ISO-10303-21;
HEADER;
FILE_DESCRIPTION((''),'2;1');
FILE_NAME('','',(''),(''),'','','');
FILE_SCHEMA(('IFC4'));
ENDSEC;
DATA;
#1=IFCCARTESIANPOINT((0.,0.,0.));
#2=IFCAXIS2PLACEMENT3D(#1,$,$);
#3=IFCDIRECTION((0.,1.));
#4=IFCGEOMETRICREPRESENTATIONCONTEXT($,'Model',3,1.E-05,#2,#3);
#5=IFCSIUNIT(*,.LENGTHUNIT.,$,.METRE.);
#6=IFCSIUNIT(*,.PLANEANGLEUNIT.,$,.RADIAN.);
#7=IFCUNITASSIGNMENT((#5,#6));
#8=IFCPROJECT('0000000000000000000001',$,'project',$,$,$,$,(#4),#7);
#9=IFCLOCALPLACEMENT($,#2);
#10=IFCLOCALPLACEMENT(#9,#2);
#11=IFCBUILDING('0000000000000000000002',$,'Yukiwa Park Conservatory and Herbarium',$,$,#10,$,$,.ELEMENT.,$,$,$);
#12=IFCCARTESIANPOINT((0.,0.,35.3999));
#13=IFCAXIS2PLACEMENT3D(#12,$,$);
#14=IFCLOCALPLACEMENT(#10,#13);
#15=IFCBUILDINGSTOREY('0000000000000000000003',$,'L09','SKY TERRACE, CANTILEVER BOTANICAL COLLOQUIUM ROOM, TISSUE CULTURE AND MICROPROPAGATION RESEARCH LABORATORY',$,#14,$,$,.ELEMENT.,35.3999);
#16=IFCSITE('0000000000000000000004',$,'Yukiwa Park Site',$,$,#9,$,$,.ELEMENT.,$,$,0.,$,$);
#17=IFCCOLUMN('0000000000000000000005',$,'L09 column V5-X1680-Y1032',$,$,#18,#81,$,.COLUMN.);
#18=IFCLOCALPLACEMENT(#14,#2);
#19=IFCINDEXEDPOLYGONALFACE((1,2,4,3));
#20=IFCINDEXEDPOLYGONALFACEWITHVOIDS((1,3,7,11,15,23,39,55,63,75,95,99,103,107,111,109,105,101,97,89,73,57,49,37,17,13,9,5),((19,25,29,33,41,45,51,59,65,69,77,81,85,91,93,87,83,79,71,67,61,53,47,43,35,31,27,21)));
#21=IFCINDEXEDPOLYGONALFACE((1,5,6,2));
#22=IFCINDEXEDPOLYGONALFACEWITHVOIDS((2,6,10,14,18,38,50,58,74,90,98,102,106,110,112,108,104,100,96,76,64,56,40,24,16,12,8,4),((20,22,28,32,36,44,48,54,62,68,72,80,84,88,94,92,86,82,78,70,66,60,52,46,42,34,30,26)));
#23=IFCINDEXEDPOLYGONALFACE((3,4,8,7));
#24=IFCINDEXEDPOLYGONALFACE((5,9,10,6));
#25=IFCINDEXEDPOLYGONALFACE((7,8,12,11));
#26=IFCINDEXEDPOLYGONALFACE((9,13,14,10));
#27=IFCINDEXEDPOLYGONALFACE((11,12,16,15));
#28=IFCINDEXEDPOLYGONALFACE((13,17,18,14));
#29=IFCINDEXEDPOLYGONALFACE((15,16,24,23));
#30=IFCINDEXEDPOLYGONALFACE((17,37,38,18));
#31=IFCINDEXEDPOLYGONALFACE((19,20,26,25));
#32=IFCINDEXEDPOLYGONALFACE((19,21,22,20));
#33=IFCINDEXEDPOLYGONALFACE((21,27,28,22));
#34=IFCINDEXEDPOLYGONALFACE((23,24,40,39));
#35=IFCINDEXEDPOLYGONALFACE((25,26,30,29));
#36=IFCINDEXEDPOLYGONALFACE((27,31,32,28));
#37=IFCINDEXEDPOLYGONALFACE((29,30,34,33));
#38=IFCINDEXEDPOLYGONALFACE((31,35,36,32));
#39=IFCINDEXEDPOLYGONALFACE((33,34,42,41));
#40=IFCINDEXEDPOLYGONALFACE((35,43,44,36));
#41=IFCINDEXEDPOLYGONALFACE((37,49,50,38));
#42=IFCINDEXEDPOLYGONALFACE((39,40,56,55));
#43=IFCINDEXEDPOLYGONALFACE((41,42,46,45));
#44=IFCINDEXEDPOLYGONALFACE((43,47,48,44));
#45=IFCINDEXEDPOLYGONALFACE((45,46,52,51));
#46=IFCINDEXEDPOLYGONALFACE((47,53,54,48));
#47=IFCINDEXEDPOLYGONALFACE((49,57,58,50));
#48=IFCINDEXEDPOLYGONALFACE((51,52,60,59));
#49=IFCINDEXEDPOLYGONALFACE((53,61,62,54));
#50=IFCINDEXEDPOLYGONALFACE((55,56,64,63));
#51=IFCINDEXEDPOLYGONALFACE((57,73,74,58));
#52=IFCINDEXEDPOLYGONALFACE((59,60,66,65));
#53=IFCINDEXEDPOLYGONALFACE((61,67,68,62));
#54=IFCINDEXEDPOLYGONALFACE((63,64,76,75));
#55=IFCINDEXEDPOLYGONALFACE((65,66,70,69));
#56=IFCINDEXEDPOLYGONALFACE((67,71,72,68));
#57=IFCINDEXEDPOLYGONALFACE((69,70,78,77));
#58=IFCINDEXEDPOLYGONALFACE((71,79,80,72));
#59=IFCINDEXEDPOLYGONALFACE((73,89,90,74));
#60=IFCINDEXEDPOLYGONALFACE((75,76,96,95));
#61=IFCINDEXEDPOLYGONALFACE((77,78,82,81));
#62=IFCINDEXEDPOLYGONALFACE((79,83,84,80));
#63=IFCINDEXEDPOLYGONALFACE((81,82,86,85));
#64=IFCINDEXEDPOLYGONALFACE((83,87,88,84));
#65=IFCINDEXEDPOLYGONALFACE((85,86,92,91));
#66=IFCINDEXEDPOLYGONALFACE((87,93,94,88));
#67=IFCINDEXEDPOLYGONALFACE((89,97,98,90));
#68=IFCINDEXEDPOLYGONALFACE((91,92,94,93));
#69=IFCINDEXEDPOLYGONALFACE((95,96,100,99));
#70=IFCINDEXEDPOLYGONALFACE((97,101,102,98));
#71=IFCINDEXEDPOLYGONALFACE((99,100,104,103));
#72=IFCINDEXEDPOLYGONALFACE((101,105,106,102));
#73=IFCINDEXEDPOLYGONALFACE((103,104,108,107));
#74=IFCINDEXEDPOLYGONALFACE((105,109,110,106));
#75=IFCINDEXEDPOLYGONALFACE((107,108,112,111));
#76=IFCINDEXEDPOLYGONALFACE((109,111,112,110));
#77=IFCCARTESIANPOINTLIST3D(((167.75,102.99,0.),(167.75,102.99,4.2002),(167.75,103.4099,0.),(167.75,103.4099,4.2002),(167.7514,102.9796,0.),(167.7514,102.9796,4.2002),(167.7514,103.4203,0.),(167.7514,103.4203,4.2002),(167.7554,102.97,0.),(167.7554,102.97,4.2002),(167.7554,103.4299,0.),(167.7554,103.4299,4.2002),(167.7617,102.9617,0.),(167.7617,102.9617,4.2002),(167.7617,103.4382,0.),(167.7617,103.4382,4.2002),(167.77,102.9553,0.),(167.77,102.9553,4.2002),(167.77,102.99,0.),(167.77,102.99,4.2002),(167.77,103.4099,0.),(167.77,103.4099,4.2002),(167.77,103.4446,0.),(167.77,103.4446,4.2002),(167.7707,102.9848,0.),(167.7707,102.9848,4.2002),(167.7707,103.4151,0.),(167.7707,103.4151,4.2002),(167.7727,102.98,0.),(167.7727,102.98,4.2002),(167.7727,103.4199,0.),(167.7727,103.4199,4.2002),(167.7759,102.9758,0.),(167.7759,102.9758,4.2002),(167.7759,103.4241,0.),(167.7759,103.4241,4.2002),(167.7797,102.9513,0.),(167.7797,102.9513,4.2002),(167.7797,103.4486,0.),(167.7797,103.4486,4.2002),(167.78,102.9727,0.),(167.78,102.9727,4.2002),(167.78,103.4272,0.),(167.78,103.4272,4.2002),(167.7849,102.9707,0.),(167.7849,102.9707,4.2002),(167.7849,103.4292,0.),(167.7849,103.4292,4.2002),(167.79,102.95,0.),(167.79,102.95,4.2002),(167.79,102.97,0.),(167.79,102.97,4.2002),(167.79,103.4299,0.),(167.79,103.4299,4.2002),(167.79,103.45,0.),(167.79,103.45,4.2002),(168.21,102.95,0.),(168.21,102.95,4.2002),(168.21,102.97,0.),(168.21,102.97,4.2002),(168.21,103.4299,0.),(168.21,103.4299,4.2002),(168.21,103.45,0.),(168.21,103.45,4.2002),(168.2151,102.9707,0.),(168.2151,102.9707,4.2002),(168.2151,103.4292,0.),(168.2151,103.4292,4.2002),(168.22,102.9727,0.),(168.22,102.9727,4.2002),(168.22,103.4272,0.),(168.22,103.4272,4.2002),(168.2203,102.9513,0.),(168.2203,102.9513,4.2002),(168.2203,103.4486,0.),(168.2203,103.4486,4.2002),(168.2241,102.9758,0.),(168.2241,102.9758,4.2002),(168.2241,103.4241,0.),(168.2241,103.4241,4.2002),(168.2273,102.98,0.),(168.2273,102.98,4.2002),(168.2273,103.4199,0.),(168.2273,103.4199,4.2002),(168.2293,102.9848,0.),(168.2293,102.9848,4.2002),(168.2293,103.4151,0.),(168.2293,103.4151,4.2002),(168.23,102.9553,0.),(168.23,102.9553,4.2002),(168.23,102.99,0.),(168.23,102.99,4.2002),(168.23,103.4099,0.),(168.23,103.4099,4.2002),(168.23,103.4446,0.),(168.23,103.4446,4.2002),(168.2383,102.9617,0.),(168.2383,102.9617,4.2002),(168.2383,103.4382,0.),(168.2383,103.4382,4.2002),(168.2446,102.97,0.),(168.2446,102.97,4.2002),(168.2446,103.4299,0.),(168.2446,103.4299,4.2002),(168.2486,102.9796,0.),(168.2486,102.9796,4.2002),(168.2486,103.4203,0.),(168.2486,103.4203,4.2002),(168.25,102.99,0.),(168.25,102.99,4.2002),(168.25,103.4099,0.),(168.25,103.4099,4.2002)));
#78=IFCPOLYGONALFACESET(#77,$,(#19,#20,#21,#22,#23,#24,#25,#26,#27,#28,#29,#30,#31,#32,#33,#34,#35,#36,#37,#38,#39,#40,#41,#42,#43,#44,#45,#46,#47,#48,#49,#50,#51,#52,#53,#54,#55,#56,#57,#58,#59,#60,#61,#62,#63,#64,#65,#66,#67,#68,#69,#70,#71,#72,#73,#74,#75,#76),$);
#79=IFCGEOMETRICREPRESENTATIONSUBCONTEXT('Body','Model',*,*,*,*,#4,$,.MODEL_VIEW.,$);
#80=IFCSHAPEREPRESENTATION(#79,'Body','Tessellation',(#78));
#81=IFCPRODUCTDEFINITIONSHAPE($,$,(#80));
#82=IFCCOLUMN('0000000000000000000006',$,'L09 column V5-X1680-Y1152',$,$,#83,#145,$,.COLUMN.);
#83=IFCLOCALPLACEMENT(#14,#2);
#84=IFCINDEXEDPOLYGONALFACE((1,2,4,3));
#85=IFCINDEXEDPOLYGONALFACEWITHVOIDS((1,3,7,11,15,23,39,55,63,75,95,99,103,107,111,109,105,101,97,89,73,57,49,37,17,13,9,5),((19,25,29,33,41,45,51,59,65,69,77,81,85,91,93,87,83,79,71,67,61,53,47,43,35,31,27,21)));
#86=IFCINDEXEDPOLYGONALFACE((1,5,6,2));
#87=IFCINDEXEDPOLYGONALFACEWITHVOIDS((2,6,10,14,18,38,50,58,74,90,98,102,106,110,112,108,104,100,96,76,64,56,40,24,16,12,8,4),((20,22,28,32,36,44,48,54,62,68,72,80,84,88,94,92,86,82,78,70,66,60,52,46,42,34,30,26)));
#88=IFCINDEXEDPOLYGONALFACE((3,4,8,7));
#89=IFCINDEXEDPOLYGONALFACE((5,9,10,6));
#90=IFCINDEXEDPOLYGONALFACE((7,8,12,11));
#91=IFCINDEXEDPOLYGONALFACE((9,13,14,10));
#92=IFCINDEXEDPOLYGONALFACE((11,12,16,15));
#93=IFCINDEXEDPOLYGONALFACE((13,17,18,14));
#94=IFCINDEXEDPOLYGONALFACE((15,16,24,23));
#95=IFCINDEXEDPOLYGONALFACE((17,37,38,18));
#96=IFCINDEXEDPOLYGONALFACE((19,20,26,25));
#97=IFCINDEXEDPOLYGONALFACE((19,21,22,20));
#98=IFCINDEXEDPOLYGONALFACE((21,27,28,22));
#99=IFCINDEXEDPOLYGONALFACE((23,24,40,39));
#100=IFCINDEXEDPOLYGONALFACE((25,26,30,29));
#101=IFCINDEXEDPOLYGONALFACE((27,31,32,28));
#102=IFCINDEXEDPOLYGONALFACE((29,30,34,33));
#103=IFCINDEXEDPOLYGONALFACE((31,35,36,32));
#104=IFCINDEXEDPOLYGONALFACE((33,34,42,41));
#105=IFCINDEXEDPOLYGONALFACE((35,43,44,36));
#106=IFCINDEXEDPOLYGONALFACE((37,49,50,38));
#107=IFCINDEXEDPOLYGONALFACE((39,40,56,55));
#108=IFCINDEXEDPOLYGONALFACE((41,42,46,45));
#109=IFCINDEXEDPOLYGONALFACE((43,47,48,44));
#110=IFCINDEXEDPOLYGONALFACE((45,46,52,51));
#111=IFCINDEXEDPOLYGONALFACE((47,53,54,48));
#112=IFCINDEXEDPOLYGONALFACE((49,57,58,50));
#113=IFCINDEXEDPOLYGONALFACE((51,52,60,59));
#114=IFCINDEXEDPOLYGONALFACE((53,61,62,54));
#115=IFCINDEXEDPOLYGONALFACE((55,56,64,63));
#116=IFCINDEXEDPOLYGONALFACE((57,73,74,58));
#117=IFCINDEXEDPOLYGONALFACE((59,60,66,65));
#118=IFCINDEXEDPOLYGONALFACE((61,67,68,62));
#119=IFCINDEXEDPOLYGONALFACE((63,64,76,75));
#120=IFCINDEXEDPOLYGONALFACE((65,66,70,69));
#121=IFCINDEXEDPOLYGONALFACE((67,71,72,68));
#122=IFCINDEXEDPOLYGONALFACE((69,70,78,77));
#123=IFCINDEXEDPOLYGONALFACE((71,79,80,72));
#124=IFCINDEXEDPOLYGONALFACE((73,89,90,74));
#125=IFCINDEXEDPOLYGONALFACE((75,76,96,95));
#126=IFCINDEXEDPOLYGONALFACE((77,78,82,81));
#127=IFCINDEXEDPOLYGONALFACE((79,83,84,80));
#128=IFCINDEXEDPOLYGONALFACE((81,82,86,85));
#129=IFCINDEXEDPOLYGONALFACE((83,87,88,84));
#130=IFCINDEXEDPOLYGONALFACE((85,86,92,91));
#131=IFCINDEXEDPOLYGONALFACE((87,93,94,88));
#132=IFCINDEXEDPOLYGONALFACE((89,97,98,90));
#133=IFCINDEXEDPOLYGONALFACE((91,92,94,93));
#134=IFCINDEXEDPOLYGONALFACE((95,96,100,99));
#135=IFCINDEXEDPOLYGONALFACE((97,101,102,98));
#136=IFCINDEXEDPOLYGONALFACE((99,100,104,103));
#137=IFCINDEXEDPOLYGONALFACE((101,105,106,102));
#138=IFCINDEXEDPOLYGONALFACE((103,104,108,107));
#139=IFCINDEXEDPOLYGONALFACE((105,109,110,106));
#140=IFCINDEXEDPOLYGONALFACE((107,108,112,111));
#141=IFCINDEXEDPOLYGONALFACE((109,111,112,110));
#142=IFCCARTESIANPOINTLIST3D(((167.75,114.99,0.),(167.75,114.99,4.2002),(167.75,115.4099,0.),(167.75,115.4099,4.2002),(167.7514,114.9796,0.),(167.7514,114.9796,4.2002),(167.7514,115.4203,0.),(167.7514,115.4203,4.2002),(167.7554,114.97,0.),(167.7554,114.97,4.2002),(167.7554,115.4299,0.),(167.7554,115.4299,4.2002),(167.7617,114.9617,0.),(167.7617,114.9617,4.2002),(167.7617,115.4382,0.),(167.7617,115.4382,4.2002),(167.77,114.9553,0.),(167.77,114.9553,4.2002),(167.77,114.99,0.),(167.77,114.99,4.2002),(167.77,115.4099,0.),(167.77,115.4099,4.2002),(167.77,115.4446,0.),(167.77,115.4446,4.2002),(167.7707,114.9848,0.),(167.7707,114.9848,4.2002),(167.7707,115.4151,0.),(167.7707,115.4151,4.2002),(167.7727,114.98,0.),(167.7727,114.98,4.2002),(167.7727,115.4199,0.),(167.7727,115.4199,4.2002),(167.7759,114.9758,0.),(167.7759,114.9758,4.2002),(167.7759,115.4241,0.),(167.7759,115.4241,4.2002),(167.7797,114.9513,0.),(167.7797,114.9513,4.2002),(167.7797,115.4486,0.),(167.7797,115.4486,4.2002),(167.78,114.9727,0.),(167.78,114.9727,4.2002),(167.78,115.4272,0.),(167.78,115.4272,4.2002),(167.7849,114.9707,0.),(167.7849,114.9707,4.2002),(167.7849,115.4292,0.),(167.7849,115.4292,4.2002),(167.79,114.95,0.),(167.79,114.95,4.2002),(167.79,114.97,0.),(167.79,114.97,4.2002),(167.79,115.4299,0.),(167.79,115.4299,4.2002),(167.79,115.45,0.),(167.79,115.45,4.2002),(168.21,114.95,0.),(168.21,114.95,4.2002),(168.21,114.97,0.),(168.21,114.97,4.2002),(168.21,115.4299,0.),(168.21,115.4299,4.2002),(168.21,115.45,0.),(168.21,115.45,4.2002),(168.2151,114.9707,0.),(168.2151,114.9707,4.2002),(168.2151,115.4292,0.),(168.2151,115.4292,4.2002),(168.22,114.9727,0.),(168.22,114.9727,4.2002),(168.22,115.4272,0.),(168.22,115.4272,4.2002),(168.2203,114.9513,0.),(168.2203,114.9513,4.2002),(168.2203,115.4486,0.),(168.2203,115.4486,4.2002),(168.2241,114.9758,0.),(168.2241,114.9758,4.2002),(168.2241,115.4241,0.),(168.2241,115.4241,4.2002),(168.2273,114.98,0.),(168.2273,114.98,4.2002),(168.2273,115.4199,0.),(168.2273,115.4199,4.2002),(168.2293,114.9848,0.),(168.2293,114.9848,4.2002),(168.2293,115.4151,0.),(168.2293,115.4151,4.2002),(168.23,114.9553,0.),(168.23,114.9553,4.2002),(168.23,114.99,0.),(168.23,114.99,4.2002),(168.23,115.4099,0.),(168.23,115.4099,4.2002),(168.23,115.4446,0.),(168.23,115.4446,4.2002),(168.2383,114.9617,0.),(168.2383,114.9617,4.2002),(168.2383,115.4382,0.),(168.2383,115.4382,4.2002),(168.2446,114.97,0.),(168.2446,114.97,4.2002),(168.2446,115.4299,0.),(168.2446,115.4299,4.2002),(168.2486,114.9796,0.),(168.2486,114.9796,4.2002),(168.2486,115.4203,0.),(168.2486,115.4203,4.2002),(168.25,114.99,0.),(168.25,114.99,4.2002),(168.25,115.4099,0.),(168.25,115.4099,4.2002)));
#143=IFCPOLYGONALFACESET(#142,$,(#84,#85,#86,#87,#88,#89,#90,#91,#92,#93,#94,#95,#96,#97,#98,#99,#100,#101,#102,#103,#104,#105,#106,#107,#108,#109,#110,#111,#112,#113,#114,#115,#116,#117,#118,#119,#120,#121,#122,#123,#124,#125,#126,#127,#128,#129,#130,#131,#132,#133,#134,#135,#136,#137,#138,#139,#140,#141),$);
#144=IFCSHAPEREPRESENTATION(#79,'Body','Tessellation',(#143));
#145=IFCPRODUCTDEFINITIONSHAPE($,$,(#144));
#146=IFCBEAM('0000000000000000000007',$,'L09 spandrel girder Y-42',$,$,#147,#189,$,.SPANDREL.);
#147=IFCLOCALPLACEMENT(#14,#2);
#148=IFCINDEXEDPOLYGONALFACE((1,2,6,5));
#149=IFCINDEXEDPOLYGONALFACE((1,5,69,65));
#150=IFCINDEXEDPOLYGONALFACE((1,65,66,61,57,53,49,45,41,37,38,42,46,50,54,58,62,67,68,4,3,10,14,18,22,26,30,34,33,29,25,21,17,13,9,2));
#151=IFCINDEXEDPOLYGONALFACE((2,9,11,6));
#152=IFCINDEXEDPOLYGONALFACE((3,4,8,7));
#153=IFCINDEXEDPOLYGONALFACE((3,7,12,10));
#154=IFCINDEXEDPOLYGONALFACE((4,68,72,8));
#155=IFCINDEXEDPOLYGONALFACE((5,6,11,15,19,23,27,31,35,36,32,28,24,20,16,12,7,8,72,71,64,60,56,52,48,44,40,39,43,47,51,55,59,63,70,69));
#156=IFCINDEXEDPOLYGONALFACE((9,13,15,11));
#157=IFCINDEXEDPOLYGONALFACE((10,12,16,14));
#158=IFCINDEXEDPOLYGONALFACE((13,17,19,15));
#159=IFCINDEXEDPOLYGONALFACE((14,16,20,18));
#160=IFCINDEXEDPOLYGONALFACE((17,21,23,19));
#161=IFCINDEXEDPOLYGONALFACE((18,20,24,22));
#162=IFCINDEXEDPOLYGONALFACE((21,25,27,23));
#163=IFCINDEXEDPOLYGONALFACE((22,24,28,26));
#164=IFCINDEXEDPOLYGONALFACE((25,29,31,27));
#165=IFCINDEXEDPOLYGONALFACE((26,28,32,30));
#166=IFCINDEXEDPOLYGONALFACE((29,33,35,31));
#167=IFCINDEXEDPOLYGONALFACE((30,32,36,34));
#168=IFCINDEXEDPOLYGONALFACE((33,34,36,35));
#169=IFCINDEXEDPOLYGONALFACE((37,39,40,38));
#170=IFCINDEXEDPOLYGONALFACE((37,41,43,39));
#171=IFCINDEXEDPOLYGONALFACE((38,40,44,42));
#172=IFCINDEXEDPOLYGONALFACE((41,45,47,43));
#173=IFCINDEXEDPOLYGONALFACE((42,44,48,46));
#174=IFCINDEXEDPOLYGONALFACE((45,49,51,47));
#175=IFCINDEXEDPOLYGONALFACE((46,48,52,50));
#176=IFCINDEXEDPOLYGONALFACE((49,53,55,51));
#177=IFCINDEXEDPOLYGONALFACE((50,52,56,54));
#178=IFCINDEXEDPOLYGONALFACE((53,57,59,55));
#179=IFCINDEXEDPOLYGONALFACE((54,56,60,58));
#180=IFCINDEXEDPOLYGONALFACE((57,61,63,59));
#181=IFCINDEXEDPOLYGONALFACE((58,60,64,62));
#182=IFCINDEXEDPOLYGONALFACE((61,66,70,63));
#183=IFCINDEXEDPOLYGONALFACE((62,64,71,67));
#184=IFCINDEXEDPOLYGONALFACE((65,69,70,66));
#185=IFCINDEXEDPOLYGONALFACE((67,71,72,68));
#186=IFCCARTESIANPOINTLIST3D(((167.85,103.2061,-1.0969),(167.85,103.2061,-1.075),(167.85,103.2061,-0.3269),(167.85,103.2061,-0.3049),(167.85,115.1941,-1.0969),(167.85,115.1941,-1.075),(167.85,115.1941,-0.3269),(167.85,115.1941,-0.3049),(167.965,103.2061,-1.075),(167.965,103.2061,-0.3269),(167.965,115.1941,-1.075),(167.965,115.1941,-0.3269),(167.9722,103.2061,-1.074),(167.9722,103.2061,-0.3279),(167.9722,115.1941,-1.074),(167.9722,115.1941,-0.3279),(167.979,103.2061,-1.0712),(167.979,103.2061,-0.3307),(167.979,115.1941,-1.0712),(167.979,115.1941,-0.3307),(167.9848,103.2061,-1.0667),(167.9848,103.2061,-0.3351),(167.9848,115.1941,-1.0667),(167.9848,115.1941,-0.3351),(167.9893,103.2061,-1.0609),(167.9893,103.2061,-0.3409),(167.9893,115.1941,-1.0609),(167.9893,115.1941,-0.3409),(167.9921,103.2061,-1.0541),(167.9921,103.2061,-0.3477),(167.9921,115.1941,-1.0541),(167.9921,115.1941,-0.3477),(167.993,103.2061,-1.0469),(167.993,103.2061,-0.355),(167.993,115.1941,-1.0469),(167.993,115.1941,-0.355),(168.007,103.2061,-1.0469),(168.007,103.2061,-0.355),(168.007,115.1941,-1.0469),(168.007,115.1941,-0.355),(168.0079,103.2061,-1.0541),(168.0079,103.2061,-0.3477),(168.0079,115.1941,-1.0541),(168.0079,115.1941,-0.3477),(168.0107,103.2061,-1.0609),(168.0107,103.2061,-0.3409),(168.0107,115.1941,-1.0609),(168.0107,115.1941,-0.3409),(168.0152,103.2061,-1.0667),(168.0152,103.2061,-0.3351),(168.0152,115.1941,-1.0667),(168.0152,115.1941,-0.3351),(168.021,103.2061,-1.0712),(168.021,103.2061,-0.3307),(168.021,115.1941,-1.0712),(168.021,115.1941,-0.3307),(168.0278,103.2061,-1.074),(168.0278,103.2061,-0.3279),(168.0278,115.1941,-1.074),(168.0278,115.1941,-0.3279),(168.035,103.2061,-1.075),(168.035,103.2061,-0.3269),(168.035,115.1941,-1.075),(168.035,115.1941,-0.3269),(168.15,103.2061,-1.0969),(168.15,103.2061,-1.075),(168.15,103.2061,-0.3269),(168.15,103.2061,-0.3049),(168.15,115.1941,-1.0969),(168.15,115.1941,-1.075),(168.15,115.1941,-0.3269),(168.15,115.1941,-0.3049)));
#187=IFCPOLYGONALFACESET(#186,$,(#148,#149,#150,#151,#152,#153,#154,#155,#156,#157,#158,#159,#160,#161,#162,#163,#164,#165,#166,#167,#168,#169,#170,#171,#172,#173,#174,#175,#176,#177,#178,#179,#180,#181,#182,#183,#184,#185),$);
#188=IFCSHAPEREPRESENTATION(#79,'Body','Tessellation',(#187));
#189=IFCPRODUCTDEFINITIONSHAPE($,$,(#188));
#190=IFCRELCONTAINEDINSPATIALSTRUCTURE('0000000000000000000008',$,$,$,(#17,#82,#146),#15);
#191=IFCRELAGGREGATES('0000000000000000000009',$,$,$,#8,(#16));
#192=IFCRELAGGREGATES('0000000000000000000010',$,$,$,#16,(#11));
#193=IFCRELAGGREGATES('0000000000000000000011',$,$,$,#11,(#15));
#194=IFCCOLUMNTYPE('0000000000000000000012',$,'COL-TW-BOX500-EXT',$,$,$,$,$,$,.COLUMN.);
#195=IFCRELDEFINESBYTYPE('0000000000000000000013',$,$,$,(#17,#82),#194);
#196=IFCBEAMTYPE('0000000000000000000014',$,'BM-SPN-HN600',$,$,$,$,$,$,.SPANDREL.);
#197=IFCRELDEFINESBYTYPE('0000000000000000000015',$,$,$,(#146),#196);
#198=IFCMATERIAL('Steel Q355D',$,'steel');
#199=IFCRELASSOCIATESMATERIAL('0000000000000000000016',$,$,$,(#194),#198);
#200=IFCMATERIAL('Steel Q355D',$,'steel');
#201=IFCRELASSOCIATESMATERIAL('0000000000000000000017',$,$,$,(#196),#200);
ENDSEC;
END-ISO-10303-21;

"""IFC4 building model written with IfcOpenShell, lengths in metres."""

from ifc_helpers import new_model, si_unit, direction, frame, origin, origin_2d, place, context, subcontext, project, spatial, hollow_rectangle, i_section, extrude, material, material_profile, profile_set, type_object, element, save


model = new_model("IFC4")

# Units and contexts
model_context = context("Model", 3, precision=1e-05, world=origin(), true_north=direction((0.0, 1.0)))
body_context = subcontext(model_context, "Body", "Model", "MODEL_VIEW")
ifc_project = project(units=[si_unit("LENGTHUNIT", "METRE"), si_unit("PLANEANGLEUNIT", "RADIAN")], contexts=[model_context])

# Site, building, storey
site_placement = place(None, origin())
site = spatial("IfcSite", under=ifc_project, at=site_placement, Name="Yukiwa Park Site", CompositionType="ELEMENT", RefElevation=0.0)
building_placement = place(site_placement, origin())
building = spatial("IfcBuilding", under=site, at=building_placement, Name="Yukiwa Park Conservatory and Herbarium", CompositionType="ELEMENT")
storey_placement = place(building_placement, frame((0.0, 0.0, 35.3999)))
storey = spatial("IfcBuildingStorey", under=building, at=storey_placement, Name="L09", Description="SKY TERRACE, CANTILEVER BOTANICAL COLLOQUIUM ROOM, TISSUE CULTURE AND MICROPROPAGATION RESEARCH LABORATORY", CompositionType="ELEMENT", Elevation=35.3999)

# Columns
ifc_material_1 = material(Name="Steel Q355D", Category="steel")
ifc_material_profile_1 = material_profile(ifc_material_1, hollow_rectangle(XDim=0.5, YDim=0.5, WallThickness=0.02, InnerFilletRadius=0.02, OuterFilletRadius=0.04, at=origin_2d()), Name="BOX 500x500x20")
ifc_profile_set_1 = profile_set([ifc_material_profile_1], Name="Steel Q355D")
column_type = type_object("IfcColumnType", Name="COL-TW-BOX500-EXT", PredefinedType="COLUMN", material=ifc_profile_set_1)
for number, where, z_axis, x_axis, name in (
    (1, (168.0, 103.2, 0.0), (0.0, 0.0, 1.0), (1.0, 0.0, 0.0), "L09 column V5-X1680-Y1032"),
    (2, (168.0, 115.2, 0.0), (0.0, 0.0, 1.0), (1.0, 0.0, 0.0), "L09 column V5-X1680-Y1152"),
):
    element("IfcColumn", number, at=place(storey_placement, frame(where, z_axis=z_axis, x_axis=x_axis)), inside=storey, type_object=column_type, Name=name, PredefinedType="COLUMN", context=body_context, shape_type="SweptSolid", body=[
        extrude(hollow_rectangle(XDim=0.5, YDim=0.5, WallThickness=0.02, InnerFilletRadius=0.02, OuterFilletRadius=0.04, at=origin_2d()), origin(), (0.0, 0.0, 1.0), 4.2002),
    ])

# Beam
ifc_material_2 = material(Name="Steel Q355D", Category="steel")
ifc_material_profile_2 = material_profile(ifc_material_2, i_section(OverallWidth=0.3, OverallDepth=0.792, WebThickness=0.0139, FlangeThickness=0.022, FilletRadius=0.0281, at=origin_2d()), Name="HN 792x300x14x22")
ifc_profile_set_2 = profile_set([ifc_material_profile_2], Name="Steel Q355D")
beam_type_1 = type_object("IfcBeamType", Name="BM-SPN-HN600", PredefinedType="SPANDREL", material=ifc_profile_set_2)
beam_1_placement = place(storey_placement, frame((168.0, 103.2061, -0.7009), z_axis=(0.0, 1.0, 0.0), x_axis=(-1.0, 0.0, 0.0)))
element("IfcBeam", 3, at=beam_1_placement, inside=storey, type_object=beam_type_1, Name="L09 spandrel girder Y-42", PredefinedType="SPANDREL", context=body_context, shape_type="SweptSolid", body=[
    extrude(i_section(OverallWidth=0.3, OverallDepth=0.792, WebThickness=0.0139, FlangeThickness=0.022, FilletRadius=0.0281, at=origin_2d()), origin(), (0.0, 0.0, 1.0), 11.988),
])

save(model, "model.ifc")
